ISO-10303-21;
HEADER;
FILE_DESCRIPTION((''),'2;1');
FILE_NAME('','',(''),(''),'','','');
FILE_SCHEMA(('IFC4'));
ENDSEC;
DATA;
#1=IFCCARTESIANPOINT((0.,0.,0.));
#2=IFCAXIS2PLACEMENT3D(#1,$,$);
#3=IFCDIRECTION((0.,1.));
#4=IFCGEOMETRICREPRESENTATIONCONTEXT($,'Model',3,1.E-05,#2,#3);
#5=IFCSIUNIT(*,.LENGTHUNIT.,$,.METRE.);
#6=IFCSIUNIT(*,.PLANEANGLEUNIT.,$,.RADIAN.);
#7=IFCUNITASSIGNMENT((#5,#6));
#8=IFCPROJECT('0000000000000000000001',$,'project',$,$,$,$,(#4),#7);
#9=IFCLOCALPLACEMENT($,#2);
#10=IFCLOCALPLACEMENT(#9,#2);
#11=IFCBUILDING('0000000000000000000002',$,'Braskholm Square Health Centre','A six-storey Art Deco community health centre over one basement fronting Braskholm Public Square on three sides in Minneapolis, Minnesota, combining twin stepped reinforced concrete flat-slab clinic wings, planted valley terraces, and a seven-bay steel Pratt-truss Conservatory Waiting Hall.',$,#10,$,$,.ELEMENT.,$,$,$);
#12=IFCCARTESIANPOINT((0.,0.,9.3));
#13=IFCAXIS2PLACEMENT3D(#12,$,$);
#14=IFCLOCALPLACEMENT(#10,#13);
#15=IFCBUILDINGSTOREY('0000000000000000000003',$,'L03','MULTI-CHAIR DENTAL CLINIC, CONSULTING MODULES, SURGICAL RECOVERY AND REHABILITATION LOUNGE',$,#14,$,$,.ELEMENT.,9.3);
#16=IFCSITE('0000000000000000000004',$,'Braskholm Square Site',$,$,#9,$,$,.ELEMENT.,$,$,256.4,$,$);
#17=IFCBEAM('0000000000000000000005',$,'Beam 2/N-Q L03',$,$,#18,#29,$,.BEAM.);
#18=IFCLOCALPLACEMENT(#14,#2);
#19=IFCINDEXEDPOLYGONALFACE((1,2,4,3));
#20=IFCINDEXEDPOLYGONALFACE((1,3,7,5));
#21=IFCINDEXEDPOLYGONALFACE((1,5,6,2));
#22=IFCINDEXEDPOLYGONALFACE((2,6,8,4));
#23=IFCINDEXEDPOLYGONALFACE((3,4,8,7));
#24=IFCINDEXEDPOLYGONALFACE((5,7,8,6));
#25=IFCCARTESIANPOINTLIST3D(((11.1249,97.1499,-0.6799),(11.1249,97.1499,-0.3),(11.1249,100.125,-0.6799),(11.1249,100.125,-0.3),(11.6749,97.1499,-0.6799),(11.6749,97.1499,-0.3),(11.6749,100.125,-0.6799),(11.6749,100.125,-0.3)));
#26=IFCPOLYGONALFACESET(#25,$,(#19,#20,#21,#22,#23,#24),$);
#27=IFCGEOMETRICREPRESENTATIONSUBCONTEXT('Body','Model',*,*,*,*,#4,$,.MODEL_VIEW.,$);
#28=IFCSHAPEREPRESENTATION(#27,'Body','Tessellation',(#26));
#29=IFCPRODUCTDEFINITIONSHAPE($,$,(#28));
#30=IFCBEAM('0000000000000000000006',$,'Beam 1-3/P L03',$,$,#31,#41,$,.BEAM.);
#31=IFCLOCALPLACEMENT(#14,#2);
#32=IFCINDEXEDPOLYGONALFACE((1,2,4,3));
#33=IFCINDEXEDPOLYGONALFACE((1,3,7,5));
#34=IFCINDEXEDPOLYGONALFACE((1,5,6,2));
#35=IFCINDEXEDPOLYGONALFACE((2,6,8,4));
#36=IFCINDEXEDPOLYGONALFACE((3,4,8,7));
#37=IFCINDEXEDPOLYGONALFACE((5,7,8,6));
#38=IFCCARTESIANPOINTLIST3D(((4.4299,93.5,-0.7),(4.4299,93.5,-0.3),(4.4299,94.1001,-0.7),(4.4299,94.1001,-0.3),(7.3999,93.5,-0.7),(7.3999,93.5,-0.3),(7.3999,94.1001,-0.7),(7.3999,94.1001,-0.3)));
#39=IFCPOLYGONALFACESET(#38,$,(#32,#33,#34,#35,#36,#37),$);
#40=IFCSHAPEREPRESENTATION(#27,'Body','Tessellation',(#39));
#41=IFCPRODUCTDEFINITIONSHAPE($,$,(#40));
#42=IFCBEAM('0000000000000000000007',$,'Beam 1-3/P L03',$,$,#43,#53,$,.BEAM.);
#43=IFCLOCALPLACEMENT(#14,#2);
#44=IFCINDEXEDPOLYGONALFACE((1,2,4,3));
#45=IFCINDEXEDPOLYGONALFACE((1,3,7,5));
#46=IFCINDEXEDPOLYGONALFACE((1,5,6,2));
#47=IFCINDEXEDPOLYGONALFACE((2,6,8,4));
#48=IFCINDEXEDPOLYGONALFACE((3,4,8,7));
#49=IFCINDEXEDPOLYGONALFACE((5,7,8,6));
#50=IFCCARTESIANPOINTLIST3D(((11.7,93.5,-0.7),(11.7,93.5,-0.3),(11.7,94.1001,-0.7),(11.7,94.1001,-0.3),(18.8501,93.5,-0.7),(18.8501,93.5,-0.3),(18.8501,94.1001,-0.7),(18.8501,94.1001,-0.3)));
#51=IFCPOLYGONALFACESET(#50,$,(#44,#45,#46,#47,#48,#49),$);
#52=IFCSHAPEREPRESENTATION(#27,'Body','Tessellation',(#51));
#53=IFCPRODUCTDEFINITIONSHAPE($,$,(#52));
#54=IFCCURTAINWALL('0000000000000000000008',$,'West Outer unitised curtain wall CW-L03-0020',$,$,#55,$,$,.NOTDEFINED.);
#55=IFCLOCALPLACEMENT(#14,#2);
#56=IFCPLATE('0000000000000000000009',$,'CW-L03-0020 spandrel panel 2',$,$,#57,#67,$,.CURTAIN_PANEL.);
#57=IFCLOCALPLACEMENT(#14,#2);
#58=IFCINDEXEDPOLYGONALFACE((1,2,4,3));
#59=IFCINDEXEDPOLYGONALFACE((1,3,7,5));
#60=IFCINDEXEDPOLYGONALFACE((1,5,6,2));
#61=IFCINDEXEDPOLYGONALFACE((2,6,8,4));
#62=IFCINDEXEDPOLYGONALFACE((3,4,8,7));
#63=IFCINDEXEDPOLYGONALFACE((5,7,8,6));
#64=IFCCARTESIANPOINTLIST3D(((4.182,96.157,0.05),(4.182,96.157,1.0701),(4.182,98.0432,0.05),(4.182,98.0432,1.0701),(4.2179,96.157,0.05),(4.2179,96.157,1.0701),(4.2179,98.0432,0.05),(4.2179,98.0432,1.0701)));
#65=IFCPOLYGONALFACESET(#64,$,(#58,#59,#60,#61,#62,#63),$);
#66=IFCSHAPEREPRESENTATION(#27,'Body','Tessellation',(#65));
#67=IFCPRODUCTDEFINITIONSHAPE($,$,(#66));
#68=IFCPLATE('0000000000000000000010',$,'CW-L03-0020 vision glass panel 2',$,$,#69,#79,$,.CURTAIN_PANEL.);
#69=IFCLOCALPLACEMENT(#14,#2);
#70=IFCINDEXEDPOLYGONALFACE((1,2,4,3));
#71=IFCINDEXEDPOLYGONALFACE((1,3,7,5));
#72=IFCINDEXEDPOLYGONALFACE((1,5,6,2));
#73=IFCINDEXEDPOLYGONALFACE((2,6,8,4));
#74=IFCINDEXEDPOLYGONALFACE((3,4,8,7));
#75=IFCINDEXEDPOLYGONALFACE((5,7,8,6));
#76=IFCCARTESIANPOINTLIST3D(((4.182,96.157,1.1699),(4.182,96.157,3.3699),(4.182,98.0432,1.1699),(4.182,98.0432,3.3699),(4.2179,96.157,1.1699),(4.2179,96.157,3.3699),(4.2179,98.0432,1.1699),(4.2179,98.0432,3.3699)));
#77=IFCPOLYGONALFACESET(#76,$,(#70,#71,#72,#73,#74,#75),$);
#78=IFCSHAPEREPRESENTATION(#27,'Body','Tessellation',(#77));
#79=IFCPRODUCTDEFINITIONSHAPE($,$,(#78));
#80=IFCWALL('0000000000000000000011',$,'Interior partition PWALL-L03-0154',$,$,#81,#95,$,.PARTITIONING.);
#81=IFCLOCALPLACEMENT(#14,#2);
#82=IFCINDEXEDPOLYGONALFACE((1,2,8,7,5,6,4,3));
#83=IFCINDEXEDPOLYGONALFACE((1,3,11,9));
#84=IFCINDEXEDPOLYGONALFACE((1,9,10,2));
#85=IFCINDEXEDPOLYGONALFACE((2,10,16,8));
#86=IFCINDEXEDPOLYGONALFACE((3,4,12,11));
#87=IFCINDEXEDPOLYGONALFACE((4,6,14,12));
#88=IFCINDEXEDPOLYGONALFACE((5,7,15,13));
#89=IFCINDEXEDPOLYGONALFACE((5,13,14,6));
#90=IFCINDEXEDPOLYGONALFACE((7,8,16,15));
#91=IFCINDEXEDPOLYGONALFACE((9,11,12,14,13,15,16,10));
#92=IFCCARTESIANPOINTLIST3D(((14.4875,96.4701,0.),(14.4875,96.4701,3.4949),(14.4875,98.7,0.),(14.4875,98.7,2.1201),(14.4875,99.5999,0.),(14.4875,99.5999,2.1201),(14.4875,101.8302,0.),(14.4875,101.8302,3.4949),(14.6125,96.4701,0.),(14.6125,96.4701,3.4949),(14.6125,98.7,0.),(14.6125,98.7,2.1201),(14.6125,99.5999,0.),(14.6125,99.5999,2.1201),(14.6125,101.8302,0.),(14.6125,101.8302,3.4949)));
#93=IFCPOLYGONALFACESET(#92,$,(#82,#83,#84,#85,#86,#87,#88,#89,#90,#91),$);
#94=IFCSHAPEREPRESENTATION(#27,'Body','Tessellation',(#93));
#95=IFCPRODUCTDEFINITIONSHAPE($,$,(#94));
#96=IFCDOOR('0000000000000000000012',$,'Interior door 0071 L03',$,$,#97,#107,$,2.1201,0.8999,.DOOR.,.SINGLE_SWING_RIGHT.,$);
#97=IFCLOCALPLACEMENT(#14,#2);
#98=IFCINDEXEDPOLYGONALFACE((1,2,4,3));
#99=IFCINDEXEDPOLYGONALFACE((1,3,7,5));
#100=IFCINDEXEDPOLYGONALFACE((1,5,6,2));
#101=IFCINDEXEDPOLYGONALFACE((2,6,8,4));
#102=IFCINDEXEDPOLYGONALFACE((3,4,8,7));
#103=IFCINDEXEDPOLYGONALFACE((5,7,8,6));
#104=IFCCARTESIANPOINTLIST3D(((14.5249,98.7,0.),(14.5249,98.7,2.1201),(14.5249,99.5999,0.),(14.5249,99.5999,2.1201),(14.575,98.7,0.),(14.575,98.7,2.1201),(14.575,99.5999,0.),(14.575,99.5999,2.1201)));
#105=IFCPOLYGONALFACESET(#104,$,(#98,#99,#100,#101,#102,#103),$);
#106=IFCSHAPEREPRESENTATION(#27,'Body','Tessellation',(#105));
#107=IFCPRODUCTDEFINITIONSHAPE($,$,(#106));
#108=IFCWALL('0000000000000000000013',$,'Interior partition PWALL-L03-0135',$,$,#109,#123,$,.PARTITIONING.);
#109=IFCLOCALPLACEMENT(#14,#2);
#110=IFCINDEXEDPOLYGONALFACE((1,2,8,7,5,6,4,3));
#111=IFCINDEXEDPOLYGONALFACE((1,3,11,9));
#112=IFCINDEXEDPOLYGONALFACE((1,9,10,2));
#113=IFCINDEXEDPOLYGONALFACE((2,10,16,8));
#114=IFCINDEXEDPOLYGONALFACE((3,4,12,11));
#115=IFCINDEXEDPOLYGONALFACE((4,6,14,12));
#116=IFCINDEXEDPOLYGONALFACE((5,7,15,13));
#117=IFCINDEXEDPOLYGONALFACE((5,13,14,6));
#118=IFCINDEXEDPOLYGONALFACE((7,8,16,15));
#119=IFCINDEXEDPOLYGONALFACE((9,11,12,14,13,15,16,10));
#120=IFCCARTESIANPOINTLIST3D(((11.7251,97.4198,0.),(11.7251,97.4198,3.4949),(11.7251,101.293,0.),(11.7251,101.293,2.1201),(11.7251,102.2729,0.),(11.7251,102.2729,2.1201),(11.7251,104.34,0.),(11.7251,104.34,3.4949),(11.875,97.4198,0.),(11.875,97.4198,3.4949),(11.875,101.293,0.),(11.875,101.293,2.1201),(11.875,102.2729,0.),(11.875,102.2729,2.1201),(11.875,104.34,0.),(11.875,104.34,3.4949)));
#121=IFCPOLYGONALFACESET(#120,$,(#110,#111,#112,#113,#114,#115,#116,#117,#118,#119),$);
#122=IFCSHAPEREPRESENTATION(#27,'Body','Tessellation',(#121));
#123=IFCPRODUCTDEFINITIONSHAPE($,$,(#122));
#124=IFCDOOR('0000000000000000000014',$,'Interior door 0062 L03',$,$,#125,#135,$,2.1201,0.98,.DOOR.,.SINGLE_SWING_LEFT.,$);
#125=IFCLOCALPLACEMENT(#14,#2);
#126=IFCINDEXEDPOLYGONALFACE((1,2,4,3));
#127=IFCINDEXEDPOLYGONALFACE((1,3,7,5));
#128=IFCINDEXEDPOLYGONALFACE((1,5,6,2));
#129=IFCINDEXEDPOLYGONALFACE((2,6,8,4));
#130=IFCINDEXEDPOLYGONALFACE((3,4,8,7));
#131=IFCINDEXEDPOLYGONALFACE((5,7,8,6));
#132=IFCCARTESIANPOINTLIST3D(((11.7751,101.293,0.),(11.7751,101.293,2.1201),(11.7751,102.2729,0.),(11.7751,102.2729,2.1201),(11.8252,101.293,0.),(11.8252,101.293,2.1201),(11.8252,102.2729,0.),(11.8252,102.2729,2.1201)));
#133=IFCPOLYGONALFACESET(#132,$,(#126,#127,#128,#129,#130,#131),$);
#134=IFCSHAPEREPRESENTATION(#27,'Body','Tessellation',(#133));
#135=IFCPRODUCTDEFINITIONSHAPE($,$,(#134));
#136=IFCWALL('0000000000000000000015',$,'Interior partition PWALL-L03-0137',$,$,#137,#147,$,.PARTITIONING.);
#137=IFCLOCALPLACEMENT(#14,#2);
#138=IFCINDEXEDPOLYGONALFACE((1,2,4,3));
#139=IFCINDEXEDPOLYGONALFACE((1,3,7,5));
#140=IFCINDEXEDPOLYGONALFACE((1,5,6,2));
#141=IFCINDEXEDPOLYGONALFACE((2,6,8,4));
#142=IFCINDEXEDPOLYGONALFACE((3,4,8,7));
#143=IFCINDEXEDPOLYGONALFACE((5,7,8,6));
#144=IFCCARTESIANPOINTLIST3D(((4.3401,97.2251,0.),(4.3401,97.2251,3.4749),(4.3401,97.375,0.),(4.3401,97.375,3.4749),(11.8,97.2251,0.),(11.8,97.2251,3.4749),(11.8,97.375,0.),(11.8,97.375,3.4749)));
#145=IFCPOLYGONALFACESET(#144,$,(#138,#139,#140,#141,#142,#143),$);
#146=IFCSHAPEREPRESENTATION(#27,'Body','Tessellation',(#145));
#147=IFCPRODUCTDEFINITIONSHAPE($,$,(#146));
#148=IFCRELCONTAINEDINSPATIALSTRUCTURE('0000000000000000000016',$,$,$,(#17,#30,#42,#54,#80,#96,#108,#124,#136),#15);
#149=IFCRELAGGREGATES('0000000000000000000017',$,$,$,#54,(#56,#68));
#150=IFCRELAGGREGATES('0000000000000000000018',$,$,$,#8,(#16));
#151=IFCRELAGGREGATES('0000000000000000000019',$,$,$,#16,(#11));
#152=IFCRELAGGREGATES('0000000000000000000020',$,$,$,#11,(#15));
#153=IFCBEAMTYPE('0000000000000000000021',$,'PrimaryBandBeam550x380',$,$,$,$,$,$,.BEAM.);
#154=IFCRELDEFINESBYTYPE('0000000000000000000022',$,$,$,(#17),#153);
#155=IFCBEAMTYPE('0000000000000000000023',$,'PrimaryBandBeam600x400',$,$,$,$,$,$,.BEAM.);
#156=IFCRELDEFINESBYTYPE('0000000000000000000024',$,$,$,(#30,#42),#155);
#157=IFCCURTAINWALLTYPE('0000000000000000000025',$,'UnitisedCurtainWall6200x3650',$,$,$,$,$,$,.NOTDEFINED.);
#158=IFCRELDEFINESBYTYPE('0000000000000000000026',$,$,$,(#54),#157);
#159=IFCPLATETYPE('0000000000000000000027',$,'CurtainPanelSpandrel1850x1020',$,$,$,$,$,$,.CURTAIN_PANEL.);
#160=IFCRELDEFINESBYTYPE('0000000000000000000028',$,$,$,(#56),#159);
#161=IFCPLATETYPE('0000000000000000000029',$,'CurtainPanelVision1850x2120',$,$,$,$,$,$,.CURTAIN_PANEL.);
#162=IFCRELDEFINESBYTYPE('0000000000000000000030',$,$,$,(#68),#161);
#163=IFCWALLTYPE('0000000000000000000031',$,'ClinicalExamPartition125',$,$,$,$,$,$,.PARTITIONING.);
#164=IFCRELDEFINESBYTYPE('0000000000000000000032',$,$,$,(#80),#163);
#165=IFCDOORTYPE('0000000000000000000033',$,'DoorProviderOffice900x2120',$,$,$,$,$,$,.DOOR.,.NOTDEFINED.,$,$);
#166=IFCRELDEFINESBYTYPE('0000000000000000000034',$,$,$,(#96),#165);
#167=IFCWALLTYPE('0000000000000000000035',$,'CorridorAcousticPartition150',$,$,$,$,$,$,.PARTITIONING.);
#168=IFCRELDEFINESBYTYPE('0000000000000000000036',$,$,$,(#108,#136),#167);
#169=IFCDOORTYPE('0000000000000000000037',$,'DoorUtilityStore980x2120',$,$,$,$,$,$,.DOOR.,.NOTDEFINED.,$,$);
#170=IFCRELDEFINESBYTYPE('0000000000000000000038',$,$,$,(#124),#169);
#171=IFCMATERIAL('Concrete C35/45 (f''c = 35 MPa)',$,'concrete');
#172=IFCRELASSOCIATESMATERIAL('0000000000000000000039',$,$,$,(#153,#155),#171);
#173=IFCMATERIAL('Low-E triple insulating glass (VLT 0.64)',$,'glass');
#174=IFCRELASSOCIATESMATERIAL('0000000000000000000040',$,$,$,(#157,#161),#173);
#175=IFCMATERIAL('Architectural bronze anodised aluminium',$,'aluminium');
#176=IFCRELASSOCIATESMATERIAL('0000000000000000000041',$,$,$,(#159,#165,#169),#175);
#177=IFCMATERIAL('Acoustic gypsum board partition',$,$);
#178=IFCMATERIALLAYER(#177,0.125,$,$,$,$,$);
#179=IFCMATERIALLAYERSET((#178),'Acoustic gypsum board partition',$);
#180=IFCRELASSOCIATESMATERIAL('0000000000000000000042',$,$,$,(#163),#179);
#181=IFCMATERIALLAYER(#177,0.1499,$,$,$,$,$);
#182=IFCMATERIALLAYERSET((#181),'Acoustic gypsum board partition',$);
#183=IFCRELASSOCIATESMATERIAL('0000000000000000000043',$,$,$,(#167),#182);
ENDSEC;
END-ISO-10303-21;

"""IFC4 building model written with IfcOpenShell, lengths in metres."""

from ifc_helpers import new_model, si_unit, direction, frame, frame_2d, origin, origin_with_axes, origin_2d, place, context, subcontext, project, spatial, rectangle, extrude, material, layer, layer_set, material_profile, profile_set, type_object, element, fill, aggregate, save


model = new_model("IFC4")

# Units and contexts
model_context = context("Model", 3, precision=1e-05, world=origin(), true_north=direction((0.0, 1.0)))
body_context = subcontext(model_context, "Body", "Model", "MODEL_VIEW")
ifc_project = project(units=[si_unit("LENGTHUNIT", "METRE"), si_unit("PLANEANGLEUNIT", "RADIAN")], contexts=[model_context])

# Site, building, storey
site_placement = place(None, origin())
site = spatial("IfcSite", under=ifc_project, at=site_placement, Name="Braskholm Square Site", CompositionType="ELEMENT", RefElevation=256.4)
building_placement = place(site_placement, origin())
building = spatial("IfcBuilding", under=site, at=building_placement, Name="Braskholm Square Health Centre", Description="A six-storey Art Deco community health centre over one basement fronting Braskholm Public Square on three sides in Minneapolis, Minnesota, combining twin stepped reinforced concrete flat-slab clinic wings, planted valley terraces, and a seven-bay steel Pratt-truss Conservatory Waiting Hall.", CompositionType="ELEMENT")
storey_placement = place(building_placement, frame((0.0, 0.0, 9.3)))
storey = spatial("IfcBuildingStorey", under=building, at=storey_placement, Name="L03", Description="MULTI-CHAIR DENTAL CLINIC, CONSULTING MODULES, SURGICAL RECOVERY AND REHABILITATION LOUNGE", CompositionType="ELEMENT", Elevation=9.3)

# Beams
ifc_material_1 = material(Name="Concrete C35/45 (f'c = 35 MPa)", Category="concrete")
ifc_material_profile_1 = material_profile(ifc_material_1, rectangle(XDim=0.55, YDim=0.3799, at=origin_2d()), Name="RCB-550X380")
ifc_profile_set_1 = profile_set([ifc_material_profile_1], Name="Concrete C35/45 (f'c = 35 MPa)")
beam_type_1 = type_object("IfcBeamType", Name="PrimaryBandBeam550x380", PredefinedType="BEAM", material=ifc_profile_set_1)
beam_1_placement = place(storey_placement, frame((11.3999, 97.1499, -0.49), z_axis=(0.0, 1.0, 0.0), x_axis=(-1.0, 0.0, 0.0)))
element("IfcBeam", 1, at=beam_1_placement, inside=storey, type_object=beam_type_1, Name="Beam 2/N-Q L03", PredefinedType="BEAM", context=body_context, shape_type="SweptSolid", body=[
    extrude(rectangle(XDim=0.55, YDim=0.3799, at=origin_2d()), origin(), (0.0, 0.0, 1.0), 2.9751),
])
ifc_material_profile_2 = material_profile(ifc_material_1, rectangle(XDim=0.6001, YDim=0.3999, at=origin_2d()), Name="RCB-600X400")
ifc_profile_set_2 = profile_set([ifc_material_profile_2], Name="Concrete C35/45 (f'c = 35 MPa)")
beam_type_2 = type_object("IfcBeamType", Name="PrimaryBandBeam600x400", PredefinedType="BEAM", material=ifc_profile_set_2)
beam_2_placement = place(storey_placement, frame((4.4299, 93.8, -0.5), z_axis=(1.0, 0.0, 0.0), x_axis=(0.0, 1.0, 0.0)))
element("IfcBeam", 2, at=beam_2_placement, inside=storey, type_object=beam_type_2, Name="Beam 1-3/P L03", PredefinedType="BEAM", context=body_context, shape_type="SweptSolid", body=[
    extrude(rectangle(XDim=0.6001, YDim=0.3999, at=origin_2d()), origin(), (0.0, 0.0, 1.0), 2.97),
])
beam_3_placement = place(storey_placement, frame((11.7, 93.8, -0.5), z_axis=(1.0, 0.0, 0.0), x_axis=(0.0, 1.0, 0.0)))
element("IfcBeam", 3, at=beam_3_placement, inside=storey, type_object=beam_type_2, Name="Beam 1-3/P L03", PredefinedType="BEAM", context=body_context, shape_type="SweptSolid", body=[
    extrude(rectangle(XDim=0.6001, YDim=0.3999, at=origin_2d()), origin(), (0.0, 0.0, 1.0), 7.1501),
])

# Curtain wall, plates
ifc_material_2 = material(Name="Low-E triple insulating glass (VLT 0.64)", Category="glass")
curtain_wall_type = type_object("IfcCurtainWallType", Name="UnitisedCurtainWall6200x3650", PredefinedType="NOTDEFINED", material=ifc_material_2)
curtain_wall_placement = place(storey_placement, origin())
curtain_wall = element("IfcCurtainWall", 4, at=curtain_wall_placement, inside=storey, type_object=curtain_wall_type, Name="West Outer unitised curtain wall CW-L03-0020", PredefinedType="NOTDEFINED")
ifc_material_3 = material(Name="Architectural bronze anodised aluminium", Category="aluminium")
plate_type_1 = type_object("IfcPlateType", Name="CurtainPanelSpandrel1850x1020", PredefinedType="CURTAIN_PANEL", material=ifc_material_3)
plate_1_placement = place(storey_placement, frame((4.2, 97.1001, 0.05), z_axis=(0.0, 0.0, 1.0), x_axis=(0.0, -1.0, 0.0)))
plate_1 = element("IfcPlate", 5, at=plate_1_placement, type_object=plate_type_1, Name="CW-L03-0020 spandrel panel 2", PredefinedType="CURTAIN_PANEL", context=body_context, shape_type="SweptSolid", body=[
    extrude(rectangle(XDim=1.8862, YDim=0.0359, at=origin_2d()), origin(), (0.0, 0.0, 1.0), 1.02),
])
plate_type_2 = type_object("IfcPlateType", Name="CurtainPanelVision1850x2120", PredefinedType="CURTAIN_PANEL", material=ifc_material_2)
plate_2_placement = place(storey_placement, frame((4.2, 97.1001, 1.1699), z_axis=(0.0, 0.0, 1.0), x_axis=(0.0, -1.0, 0.0)))
plate_2 = element("IfcPlate", 6, at=plate_2_placement, type_object=plate_type_2, Name="CW-L03-0020 vision glass panel 2", PredefinedType="CURTAIN_PANEL", context=body_context, shape_type="SweptSolid", body=[
    extrude(rectangle(XDim=1.8862, YDim=0.0359, at=origin_2d()), origin(), (0.0, 0.0, 1.0), 2.2),
])
aggregate(curtain_wall, [plate_1, plate_2])

# Walls, openings, doors
ifc_material_4 = material(Name="Acoustic gypsum board partition")
ifc_layer_1 = layer(ifc_material_4, 0.125)
ifc_layer_set_1 = layer_set([ifc_layer_1], Name="Acoustic gypsum board partition")
wall_type_1 = type_object("IfcWallType", Name="ClinicalExamPartition125", PredefinedType="PARTITIONING", material=ifc_layer_set_1)
wall_1_placement = place(storey_placement, frame((14.55, 96.47, 0.0), z_axis=(0.0, 0.0, 1.0), x_axis=(0.0, 1.0, 0.0)))
wall_1 = element("IfcWall", 7, at=wall_1_placement, inside=storey, type_object=wall_type_1, Name="Interior partition PWALL-L03-0154", PredefinedType="PARTITIONING", context=body_context, shape_type="SweptSolid", body=[
    extrude(rectangle(XDim=5.3601, YDim=0.125, at=frame_2d((2.6802, 0.0))), origin(), (0.0, 0.0, 1.0), 3.4949),
])
opening_1_placement = place(wall_1_placement, frame((2.23, 0.0, 0.0)))
opening_1 = element("IfcOpeningElement", 8, at=opening_1_placement, cuts=wall_1, PredefinedType="OPENING", context=body_context, shape_type="SweptSolid", body=[
    extrude(rectangle(XDim=0.8999, YDim=2.1201, at=frame_2d((0.45, 1.0601))), frame((0.0, 0.0725, 0.0), z_axis=(0.0, -1.0, 0.0), x_axis=(1.0, 0.0, 0.0)), (0.0, 0.0, 1.0), 0.145),
])
door_type_1 = type_object("IfcDoorType", Name="DoorProviderOffice900x2120", OperationType="NOTDEFINED", PredefinedType="DOOR", material=ifc_material_3)
door_1_placement = place(opening_1_placement, frame((0.8999, 0.0, 0.0), z_axis=(0.0, 0.0, 1.0), x_axis=(-1.0, 0.0, 0.0)))
door_1 = element("IfcDoor", 9, at=door_1_placement, inside=storey, type_object=door_type_1, Name="Interior door 0071 L03", OperationType="SINGLE_SWING_RIGHT", OverallHeight=2.1201, OverallWidth=0.8999, PredefinedType="DOOR", context=body_context, shape_type="SweptSolid", body=[
    extrude(rectangle(XDim=0.8999, YDim=2.1201, at=frame_2d((0.45, 1.0601))), frame((0.0, 0.0249, 0.0), z_axis=(0.0, -1.0, 0.0), x_axis=(1.0, 0.0, 0.0)), (0.0, 0.0, 1.0), 0.05),
])
fill(opening_1, door_1)
ifc_layer_2 = layer(ifc_material_4, 0.1499)
ifc_layer_set_2 = layer_set([ifc_layer_2], Name="Acoustic gypsum board partition")
wall_type_2 = type_object("IfcWallType", Name="CorridorAcousticPartition150", PredefinedType="PARTITIONING", material=ifc_layer_set_2)
wall_2_placement = place(storey_placement, frame((11.8, 97.4199, 0.0), z_axis=(0.0, 0.0, 1.0), x_axis=(0.0, 1.0, 0.0)))
wall_2 = element("IfcWall", 10, at=wall_2_placement, inside=storey, type_object=wall_type_2, Name="Interior partition PWALL-L03-0135", PredefinedType="PARTITIONING", context=body_context, shape_type="SweptSolid", body=[
    extrude(rectangle(XDim=6.9202, YDim=0.1499, at=frame_2d((3.46, 0.0))), origin(), (0.0, 0.0, 1.0), 3.4949),
])
opening_2_placement = place(wall_2_placement, frame((3.873, 0.0, 0.0)))
opening_2 = element("IfcOpeningElement", 11, at=opening_2_placement, cuts=wall_2, PredefinedType="OPENING", context=body_context, shape_type="SweptSolid", body=[
    extrude(rectangle(XDim=0.98, YDim=2.1201, at=frame_2d((0.49, 1.0601))), frame((0.0, 0.085, 0.0), z_axis=(0.0, -1.0, 0.0), x_axis=(1.0, 0.0, 0.0)), (0.0, 0.0, 1.0), 0.1699),
])
door_type_2 = type_object("IfcDoorType", Name="DoorUtilityStore980x2120", OperationType="NOTDEFINED", PredefinedType="DOOR", material=ifc_material_3)
door_2_placement = place(opening_2_placement, origin_with_axes())
door_2 = element("IfcDoor", 12, at=door_2_placement, inside=storey, type_object=door_type_2, Name="Interior door 0062 L03", OperationType="SINGLE_SWING_LEFT", OverallHeight=2.1201, OverallWidth=0.98, PredefinedType="DOOR", context=body_context, shape_type="SweptSolid", body=[
    extrude(rectangle(XDim=0.98, YDim=2.1201, at=frame_2d((0.49, 1.0601))), frame((0.0, 0.0249, 0.0), z_axis=(0.0, -1.0, 0.0), x_axis=(1.0, 0.0, 0.0)), (0.0, 0.0, 1.0), 0.05),
])
fill(opening_2, door_2)

# Wall
wall_3_placement = place(storey_placement, frame((4.3401, 97.3, 0.0), z_axis=(0.0, 0.0, 1.0), x_axis=(1.0, 0.0, 0.0)))
element("IfcWall", 13, at=wall_3_placement, inside=storey, type_object=wall_type_2, Name="Interior partition PWALL-L03-0137", PredefinedType="PARTITIONING", context=body_context, shape_type="SweptSolid", body=[
    extrude(rectangle(XDim=7.46, YDim=0.1499, at=frame_2d((3.73, 0.0))), origin(), (0.0, 0.0, 1.0), 3.4749),
])

save(model, "model.ifc")
